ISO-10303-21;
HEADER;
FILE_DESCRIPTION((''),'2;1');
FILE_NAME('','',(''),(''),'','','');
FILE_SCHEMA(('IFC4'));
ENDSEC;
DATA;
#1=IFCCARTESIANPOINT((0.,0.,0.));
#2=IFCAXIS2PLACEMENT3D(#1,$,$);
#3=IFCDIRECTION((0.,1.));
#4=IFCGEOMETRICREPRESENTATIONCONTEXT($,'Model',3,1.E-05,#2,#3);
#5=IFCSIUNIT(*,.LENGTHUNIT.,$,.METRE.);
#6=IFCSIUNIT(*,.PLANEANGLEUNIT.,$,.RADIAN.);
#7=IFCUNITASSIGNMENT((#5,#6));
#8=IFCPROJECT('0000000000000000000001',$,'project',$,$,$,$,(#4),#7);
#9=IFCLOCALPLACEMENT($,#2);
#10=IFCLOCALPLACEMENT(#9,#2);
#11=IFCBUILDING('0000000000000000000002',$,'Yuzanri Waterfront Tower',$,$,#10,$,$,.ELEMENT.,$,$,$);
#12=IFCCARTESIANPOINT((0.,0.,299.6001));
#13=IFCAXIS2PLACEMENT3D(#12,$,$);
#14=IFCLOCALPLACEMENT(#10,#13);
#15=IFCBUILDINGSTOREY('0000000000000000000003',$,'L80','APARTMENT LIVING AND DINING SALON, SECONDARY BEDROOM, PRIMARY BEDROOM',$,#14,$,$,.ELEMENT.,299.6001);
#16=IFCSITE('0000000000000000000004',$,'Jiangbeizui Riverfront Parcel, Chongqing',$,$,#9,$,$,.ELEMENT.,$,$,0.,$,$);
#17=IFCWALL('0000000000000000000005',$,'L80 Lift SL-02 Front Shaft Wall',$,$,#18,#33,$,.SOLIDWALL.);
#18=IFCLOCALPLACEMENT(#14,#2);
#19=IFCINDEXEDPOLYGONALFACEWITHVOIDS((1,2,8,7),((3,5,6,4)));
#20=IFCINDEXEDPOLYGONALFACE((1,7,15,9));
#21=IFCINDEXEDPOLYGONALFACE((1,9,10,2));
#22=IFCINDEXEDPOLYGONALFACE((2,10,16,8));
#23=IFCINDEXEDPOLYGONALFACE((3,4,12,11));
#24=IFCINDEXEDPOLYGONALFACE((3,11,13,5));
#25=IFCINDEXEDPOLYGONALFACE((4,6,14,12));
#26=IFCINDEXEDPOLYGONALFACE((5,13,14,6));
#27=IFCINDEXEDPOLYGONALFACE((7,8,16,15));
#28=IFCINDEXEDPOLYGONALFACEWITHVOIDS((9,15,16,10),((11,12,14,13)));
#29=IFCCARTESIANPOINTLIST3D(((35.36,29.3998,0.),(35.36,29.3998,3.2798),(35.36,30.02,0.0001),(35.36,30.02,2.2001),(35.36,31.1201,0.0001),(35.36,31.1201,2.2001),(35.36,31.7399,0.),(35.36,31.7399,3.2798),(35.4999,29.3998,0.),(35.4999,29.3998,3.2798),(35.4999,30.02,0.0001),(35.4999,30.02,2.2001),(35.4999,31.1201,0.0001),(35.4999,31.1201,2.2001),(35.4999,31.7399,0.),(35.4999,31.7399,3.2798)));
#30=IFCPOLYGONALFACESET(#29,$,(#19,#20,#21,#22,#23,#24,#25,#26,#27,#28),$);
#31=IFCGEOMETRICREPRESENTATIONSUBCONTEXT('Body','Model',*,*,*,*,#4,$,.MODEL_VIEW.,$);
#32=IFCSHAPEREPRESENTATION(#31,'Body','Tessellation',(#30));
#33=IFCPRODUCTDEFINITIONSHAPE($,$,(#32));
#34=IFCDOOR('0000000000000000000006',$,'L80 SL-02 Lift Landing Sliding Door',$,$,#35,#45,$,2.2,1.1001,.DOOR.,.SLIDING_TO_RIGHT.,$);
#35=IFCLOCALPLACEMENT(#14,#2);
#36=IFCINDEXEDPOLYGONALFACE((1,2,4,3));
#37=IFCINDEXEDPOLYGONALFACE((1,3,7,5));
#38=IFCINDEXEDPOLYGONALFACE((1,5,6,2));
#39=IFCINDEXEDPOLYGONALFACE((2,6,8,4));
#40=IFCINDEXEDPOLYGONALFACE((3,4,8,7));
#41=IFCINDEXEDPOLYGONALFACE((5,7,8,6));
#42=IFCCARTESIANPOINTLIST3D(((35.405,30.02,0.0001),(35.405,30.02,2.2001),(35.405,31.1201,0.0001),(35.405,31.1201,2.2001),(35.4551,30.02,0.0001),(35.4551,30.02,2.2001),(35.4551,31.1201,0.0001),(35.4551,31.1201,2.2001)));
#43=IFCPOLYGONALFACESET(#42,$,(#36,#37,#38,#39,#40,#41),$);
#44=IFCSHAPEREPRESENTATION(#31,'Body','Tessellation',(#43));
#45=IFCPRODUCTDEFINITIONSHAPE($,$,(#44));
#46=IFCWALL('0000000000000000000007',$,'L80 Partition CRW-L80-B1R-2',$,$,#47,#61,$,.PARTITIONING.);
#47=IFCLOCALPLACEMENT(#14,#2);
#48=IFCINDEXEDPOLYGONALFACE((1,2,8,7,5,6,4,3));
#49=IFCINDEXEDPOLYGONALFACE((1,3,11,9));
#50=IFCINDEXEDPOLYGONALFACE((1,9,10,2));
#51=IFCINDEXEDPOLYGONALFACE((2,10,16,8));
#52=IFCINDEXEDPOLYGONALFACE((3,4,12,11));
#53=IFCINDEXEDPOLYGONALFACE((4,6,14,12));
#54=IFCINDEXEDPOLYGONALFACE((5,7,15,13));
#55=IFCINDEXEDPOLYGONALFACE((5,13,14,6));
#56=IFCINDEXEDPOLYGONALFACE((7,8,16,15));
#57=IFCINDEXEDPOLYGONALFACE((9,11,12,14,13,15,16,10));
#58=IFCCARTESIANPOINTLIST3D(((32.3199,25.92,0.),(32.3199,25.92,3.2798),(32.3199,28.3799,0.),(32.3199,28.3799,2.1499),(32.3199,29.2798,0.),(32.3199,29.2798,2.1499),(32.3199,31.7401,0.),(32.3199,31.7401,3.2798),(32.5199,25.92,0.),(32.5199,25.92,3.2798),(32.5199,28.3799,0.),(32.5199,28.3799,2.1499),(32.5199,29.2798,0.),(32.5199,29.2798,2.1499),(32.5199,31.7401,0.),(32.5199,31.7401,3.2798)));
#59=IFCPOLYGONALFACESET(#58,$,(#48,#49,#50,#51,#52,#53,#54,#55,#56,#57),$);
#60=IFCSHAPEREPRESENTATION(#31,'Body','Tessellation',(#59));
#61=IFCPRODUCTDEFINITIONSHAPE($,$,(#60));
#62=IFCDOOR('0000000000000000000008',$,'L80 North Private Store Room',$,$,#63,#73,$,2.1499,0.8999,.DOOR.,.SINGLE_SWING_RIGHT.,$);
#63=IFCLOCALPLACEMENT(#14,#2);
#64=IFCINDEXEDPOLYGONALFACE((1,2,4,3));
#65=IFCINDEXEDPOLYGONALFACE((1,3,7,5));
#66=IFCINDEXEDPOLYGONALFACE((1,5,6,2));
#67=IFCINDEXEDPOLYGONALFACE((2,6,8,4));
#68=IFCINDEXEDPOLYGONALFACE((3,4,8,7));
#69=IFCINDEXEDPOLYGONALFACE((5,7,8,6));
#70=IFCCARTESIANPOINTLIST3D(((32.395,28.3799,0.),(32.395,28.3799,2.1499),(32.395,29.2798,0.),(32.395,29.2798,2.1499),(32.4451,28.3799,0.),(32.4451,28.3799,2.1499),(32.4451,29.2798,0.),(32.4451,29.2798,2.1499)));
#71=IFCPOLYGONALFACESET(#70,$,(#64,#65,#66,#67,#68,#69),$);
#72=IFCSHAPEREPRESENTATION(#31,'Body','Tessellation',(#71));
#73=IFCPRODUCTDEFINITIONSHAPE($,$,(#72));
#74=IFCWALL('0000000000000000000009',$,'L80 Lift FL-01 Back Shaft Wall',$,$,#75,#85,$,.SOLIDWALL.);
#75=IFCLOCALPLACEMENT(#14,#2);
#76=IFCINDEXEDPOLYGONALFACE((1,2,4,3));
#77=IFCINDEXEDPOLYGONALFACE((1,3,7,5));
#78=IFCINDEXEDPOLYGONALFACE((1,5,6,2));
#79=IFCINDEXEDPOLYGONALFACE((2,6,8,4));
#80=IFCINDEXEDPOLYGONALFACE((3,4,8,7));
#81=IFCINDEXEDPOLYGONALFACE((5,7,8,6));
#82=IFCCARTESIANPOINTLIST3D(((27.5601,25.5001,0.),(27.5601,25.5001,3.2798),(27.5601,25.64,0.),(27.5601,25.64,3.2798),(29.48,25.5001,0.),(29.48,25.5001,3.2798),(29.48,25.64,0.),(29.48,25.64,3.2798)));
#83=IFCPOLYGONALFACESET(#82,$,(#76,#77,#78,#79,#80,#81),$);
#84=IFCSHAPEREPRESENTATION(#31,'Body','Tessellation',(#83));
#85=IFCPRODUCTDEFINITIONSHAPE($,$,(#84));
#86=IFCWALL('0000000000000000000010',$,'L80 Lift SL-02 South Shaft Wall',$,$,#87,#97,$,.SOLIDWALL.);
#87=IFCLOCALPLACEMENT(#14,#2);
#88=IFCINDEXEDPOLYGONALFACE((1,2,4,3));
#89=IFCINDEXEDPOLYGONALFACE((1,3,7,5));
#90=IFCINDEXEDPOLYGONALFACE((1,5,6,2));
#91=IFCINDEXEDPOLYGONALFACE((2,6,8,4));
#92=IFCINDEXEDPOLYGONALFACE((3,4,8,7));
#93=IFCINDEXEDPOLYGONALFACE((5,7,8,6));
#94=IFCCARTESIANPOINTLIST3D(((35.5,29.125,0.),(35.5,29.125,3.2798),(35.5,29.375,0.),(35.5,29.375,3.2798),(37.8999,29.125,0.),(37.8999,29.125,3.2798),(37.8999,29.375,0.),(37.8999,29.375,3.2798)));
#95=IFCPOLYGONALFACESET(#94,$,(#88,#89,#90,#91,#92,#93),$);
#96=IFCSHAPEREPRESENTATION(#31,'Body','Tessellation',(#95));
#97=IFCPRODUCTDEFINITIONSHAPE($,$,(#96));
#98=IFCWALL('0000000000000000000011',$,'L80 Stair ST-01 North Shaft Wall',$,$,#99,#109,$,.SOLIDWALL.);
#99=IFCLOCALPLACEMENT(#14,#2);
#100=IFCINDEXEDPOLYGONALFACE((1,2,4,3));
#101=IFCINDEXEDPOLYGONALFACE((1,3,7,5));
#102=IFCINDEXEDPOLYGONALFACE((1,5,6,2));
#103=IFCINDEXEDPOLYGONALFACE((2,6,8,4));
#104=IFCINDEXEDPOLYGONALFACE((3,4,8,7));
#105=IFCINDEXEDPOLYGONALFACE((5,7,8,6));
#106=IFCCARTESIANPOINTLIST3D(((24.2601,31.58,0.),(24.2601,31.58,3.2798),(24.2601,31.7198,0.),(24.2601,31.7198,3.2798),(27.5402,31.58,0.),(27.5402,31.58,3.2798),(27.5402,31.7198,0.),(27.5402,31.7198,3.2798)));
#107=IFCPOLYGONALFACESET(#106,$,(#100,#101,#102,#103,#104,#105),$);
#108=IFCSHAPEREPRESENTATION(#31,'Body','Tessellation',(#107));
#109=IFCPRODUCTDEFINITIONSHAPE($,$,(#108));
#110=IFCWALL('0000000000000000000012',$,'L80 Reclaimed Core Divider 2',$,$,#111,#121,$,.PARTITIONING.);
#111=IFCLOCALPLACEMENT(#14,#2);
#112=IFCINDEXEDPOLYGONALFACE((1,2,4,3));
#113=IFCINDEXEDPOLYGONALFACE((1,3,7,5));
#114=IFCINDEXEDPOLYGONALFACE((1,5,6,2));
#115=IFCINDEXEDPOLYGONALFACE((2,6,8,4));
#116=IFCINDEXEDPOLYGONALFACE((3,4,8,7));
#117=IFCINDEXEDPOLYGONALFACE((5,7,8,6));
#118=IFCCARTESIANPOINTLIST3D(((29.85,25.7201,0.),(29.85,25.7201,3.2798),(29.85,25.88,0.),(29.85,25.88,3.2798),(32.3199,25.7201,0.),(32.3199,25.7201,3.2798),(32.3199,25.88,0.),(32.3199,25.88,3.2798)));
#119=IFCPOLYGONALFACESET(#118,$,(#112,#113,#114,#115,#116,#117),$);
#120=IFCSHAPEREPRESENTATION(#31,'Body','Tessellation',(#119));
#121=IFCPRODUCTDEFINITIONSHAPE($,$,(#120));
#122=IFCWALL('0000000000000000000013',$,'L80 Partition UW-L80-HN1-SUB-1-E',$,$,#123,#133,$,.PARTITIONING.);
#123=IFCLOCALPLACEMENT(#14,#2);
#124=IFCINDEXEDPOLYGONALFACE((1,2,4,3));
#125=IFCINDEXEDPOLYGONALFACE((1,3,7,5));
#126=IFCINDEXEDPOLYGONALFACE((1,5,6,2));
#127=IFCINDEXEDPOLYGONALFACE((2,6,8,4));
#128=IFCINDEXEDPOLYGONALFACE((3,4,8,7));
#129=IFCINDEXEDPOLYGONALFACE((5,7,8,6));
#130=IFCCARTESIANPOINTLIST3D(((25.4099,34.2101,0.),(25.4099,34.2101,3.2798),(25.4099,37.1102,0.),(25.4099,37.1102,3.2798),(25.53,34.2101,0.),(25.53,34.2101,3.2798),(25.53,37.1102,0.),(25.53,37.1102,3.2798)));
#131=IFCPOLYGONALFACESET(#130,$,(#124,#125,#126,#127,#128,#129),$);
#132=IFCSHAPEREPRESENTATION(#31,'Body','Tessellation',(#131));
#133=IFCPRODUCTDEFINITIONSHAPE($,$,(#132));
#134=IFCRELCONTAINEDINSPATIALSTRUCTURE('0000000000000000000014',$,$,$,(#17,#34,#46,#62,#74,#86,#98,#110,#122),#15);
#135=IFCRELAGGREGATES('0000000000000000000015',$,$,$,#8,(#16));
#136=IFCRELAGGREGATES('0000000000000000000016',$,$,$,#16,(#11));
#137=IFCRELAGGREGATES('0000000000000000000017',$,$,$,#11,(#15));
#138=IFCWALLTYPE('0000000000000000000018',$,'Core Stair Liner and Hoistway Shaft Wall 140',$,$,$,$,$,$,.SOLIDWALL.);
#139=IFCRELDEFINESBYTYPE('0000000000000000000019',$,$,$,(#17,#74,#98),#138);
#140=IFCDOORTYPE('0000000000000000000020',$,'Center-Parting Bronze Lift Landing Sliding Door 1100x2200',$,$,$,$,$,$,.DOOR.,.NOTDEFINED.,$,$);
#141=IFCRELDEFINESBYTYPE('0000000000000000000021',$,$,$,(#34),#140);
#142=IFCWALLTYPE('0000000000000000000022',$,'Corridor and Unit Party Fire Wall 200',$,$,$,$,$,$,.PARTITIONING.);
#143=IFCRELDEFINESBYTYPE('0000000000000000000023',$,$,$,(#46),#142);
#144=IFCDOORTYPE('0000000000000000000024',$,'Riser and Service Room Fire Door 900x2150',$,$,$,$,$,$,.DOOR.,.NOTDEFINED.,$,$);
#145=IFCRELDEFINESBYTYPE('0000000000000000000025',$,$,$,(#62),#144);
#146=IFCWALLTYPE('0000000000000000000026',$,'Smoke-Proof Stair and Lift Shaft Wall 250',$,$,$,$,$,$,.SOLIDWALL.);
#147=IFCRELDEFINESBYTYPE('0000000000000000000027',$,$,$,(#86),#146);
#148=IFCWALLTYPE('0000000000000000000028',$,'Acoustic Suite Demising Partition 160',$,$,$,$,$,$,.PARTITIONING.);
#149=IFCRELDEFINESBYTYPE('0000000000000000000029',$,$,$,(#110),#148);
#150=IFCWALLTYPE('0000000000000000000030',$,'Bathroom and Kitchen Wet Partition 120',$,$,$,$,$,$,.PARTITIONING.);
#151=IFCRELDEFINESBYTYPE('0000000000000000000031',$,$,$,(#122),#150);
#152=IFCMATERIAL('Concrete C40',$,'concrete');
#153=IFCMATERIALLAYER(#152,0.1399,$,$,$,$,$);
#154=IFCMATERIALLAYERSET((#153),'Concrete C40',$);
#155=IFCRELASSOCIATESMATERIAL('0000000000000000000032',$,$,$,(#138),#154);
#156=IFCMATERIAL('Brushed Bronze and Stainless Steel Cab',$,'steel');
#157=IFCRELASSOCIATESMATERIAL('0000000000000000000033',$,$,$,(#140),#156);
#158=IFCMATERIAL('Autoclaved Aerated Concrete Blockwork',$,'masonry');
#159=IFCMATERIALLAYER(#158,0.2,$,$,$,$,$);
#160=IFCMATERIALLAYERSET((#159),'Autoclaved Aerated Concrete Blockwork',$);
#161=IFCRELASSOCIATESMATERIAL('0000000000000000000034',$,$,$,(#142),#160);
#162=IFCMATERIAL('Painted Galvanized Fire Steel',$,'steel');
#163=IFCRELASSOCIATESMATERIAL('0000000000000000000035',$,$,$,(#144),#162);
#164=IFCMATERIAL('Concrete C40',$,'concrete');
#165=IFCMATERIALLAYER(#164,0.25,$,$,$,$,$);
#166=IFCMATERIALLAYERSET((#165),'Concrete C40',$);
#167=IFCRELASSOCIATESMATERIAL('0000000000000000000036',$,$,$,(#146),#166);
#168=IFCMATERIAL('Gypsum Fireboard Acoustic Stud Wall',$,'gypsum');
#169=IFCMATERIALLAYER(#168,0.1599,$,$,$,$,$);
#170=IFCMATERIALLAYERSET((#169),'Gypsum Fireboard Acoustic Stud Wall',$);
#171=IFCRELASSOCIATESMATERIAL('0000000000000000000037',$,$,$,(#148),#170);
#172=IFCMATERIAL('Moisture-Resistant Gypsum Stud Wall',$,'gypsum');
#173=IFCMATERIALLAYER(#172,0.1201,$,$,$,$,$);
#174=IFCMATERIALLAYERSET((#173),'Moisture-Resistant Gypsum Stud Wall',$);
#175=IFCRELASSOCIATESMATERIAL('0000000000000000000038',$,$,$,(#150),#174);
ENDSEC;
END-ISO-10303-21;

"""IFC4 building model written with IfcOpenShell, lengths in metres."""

from ifc_helpers import new_model, si_unit, direction, frame, frame_2d, origin, place, context, subcontext, project, spatial, rectangle, extrude, source, transform, mapped, material, layer, layer_set, type_object, element, fill, save


model = new_model("IFC4")

# Units and contexts
model_context = context("Model", 3, precision=1e-05, world=origin(), true_north=direction((0.0, 1.0)))
body_context = subcontext(model_context, "Body", "Model", "MODEL_VIEW")
ifc_project = project(units=[si_unit("LENGTHUNIT", "METRE"), si_unit("PLANEANGLEUNIT", "RADIAN")], contexts=[model_context])

# Site, building, storey
site_placement = place(None, origin())
site = spatial("IfcSite", under=ifc_project, at=site_placement, Name="Jiangbeizui Riverfront Parcel, Chongqing", CompositionType="ELEMENT", RefElevation=0.0)
building_placement = place(site_placement, origin())
building = spatial("IfcBuilding", under=site, at=building_placement, Name="Yuzanri Waterfront Tower", CompositionType="ELEMENT")
storey_placement = place(building_placement, frame((0.0, 0.0, 299.6001)))
storey = spatial("IfcBuildingStorey", under=building, at=storey_placement, Name="L80", Description="APARTMENT LIVING AND DINING SALON, SECONDARY BEDROOM, PRIMARY BEDROOM", CompositionType="ELEMENT", Elevation=299.6001)

# Walls, openings, doors
ifc_material_1 = material(Name="Concrete C40", Category="concrete")
ifc_layer_1 = layer(ifc_material_1, 0.1399)
ifc_layer_set_1 = layer_set([ifc_layer_1], Name="Concrete C40")
wall_type_1 = type_object("IfcWallType", Name="Core Stair Liner and Hoistway Shaft Wall 140", PredefinedType="SOLIDWALL", material=ifc_layer_set_1)
wall_1_placement = place(storey_placement, frame((35.4299, 29.3999, 0.0), z_axis=(0.0, 0.0, 1.0), x_axis=(0.0, 1.0, 0.0)))
wall_1 = element("IfcWall", 1, at=wall_1_placement, inside=storey, type_object=wall_type_1, Name="L80 Lift SL-02 Front Shaft Wall", PredefinedType="SOLIDWALL", context=body_context, shape_type="SweptSolid", body=[
    extrude(rectangle(XDim=2.3401, YDim=0.1399, at=frame_2d((1.1699, 0.0))), origin(), (0.0, 0.0, 1.0), 3.2798),
])
opening_1_placement = place(wall_1_placement, frame((0.6201, 0.0, 0.0)))
opening_1 = element("IfcOpeningElement", 2, at=opening_1_placement, cuts=wall_1, PredefinedType="OPENING", context=body_context, shape_type="SweptSolid", body=[
    extrude(rectangle(XDim=1.1001, YDim=2.2, at=frame_2d((0.55, 1.1001))), frame((0.0, 0.085, 0.0), z_axis=(0.0, -1.0, 0.0), x_axis=(1.0, 0.0, 0.0)), (0.0, 0.0, 1.0), 0.1697),
])
ifc_material_2 = material(Name="Brushed Bronze and Stainless Steel Cab", Category="steel")
door_type_1 = type_object("IfcDoorType", Name="Center-Parting Bronze Lift Landing Sliding Door 1100x2200", OperationType="NOTDEFINED", PredefinedType="DOOR", material=ifc_material_2)
shared_shape_1 = source(origin(), body_context, "Body", "SweptSolid", [
    extrude(rectangle(XDim=1.1001, YDim=2.2, at=frame_2d((0.55, 1.1001))), frame((0.0, 0.0249, 0.0), z_axis=(0.0, -1.0, 0.0), x_axis=(1.0, 0.0, 0.0)), (0.0, 0.0, 1.0), 0.05),
])
door_1_placement = place(opening_1_placement, origin())
door_1 = element("IfcDoor", 3, at=door_1_placement, inside=storey, type_object=door_type_1, Name="L80 SL-02 Lift Landing Sliding Door", OperationType="SLIDING_TO_RIGHT", OverallHeight=2.2, OverallWidth=1.1001, PredefinedType="DOOR", context=body_context, shape_type="MappedRepresentation", body=[
    mapped(shared_shape_1, transform((0.0, 0.0, 0.0), scale=1.0)),
])
fill(opening_1, door_1)
ifc_material_3 = material(Name="Autoclaved Aerated Concrete Blockwork", Category="masonry")
ifc_layer_2 = layer(ifc_material_3, 0.2)
ifc_layer_set_2 = layer_set([ifc_layer_2], Name="Autoclaved Aerated Concrete Blockwork")
wall_type_2 = type_object("IfcWallType", Name="Corridor and Unit Party Fire Wall 200", PredefinedType="PARTITIONING", material=ifc_layer_set_2)
ifc_material_4 = material(Name="Painted Galvanized Fire Steel", Category="steel")
door_type_2 = type_object("IfcDoorType", Name="Riser and Service Room Fire Door 900x2150", OperationType="NOTDEFINED", PredefinedType="DOOR", material=ifc_material_4)
shared_shape_2 = source(origin(), body_context, "Body", "SweptSolid", [
    extrude(rectangle(XDim=0.8999, YDim=2.1499, at=frame_2d((0.45, 1.075))), frame((0.0, 0.0249, 0.0), z_axis=(0.0, -1.0, 0.0), x_axis=(1.0, 0.0, 0.0)), (0.0, 0.0, 1.0), 0.05),
])
wall_2_placement = place(storey_placement, frame((32.4199, 25.9199, 0.0), z_axis=(0.0, 0.0, 1.0), x_axis=(0.0, 1.0, 0.0)))
wall_2 = element("IfcWall", 4, at=wall_2_placement, inside=storey, type_object=wall_type_2, Name="L80 Partition CRW-L80-B1R-2", PredefinedType="PARTITIONING", context=body_context, shape_type="SweptSolid", body=[
    extrude(rectangle(XDim=5.8201, YDim=0.2, at=frame_2d((2.9102, 0.0))), origin(), (0.0, 0.0, 1.0), 3.2798),
])
opening_2_placement = place(wall_2_placement, frame((2.46, 0.0, 0.0)))
opening_2 = element("IfcOpeningElement", 5, at=opening_2_placement, cuts=wall_2, PredefinedType="OPENING", context=body_context, shape_type="SweptSolid", body=[
    extrude(rectangle(XDim=0.8999, YDim=2.1499, at=frame_2d((0.45, 1.075))), frame((0.0, 0.1147, 0.0), z_axis=(0.0, -1.0, 0.0), x_axis=(1.0, 0.0, 0.0)), (0.0, 0.0, 1.0), 0.2297),
])
door_2_placement = place(opening_2_placement, origin())
door_2 = element("IfcDoor", 6, at=door_2_placement, inside=storey, type_object=door_type_2, Name="L80 North Private Store Room", OperationType="SINGLE_SWING_RIGHT", OverallHeight=2.1499, OverallWidth=0.8999, PredefinedType="DOOR", context=body_context, shape_type="MappedRepresentation", body=[
    mapped(shared_shape_2, transform((0.0, 0.0, 0.0), scale=1.0)),
])
fill(opening_2, door_2)

# Walls
shared_shape_3 = source(origin(), body_context, "Body", "SweptSolid", [
    extrude(rectangle(XDim=1.9199, YDim=0.1399, at=frame_2d((0.96, 0.0))), origin(), (0.0, 0.0, 1.0), 3.2798),
])
wall_3_placement = place(storey_placement, frame((27.5601, 25.5701, 0.0), z_axis=(0.0, 0.0, 1.0), x_axis=(1.0, 0.0, 0.0)))
element("IfcWall", 7, at=wall_3_placement, inside=storey, type_object=wall_type_1, Name="L80 Lift FL-01 Back Shaft Wall", PredefinedType="SOLIDWALL", context=body_context, shape_type="MappedRepresentation", body=[
    mapped(shared_shape_3, transform((0.0, 0.0, 0.0), scale=1.0)),
])
ifc_material_5 = material(Name="Concrete C40", Category="concrete")
ifc_layer_3 = layer(ifc_material_5, 0.25)
ifc_layer_set_3 = layer_set([ifc_layer_3], Name="Concrete C40")
wall_type_3 = type_object("IfcWallType", Name="Smoke-Proof Stair and Lift Shaft Wall 250", PredefinedType="SOLIDWALL", material=ifc_layer_set_3)
shared_shape_4 = source(origin(), body_context, "Body", "SweptSolid", [
    extrude(rectangle(XDim=2.3999, YDim=0.25, at=frame_2d((1.2, 0.0))), origin(), (0.0, 0.0, 1.0), 3.2798),
])
wall_4_placement = place(storey_placement, frame((35.5, 29.25, 0.0), z_axis=(0.0, 0.0, 1.0), x_axis=(1.0, 0.0, 0.0)))
element("IfcWall", 8, at=wall_4_placement, inside=storey, type_object=wall_type_3, Name="L80 Lift SL-02 South Shaft Wall", PredefinedType="SOLIDWALL", context=body_context, shape_type="MappedRepresentation", body=[
    mapped(shared_shape_4, transform((0.0, 0.0, 0.0), scale=1.0)),
])
shared_shape_5 = source(origin(), body_context, "Body", "SweptSolid", [
    extrude(rectangle(XDim=3.28, YDim=0.1399, at=frame_2d((1.6401, 0.0))), origin(), (0.0, 0.0, 1.0), 3.2798),
])
wall_5_placement = place(storey_placement, frame((24.26, 31.6499, 0.0), z_axis=(0.0, 0.0, 1.0), x_axis=(1.0, 0.0, 0.0)))
element("IfcWall", 9, at=wall_5_placement, inside=storey, type_object=wall_type_1, Name="L80 Stair ST-01 North Shaft Wall", PredefinedType="SOLIDWALL", context=body_context, shape_type="MappedRepresentation", body=[
    mapped(shared_shape_5, transform((0.0, 0.0, 0.0), scale=1.0)),
])
ifc_material_6 = material(Name="Gypsum Fireboard Acoustic Stud Wall", Category="gypsum")
ifc_layer_4 = layer(ifc_material_6, 0.1599)
ifc_layer_set_4 = layer_set([ifc_layer_4], Name="Gypsum Fireboard Acoustic Stud Wall")
wall_type_4 = type_object("IfcWallType", Name="Acoustic Suite Demising Partition 160", PredefinedType="PARTITIONING", material=ifc_layer_set_4)
shared_shape_6 = source(origin(), body_context, "Body", "SweptSolid", [
    extrude(rectangle(XDim=2.47, YDim=0.1599, at=frame_2d((1.2349, 0.0))), origin(), (0.0, 0.0, 1.0), 3.2798),
])
wall_6_placement = place(storey_placement, frame((29.8501, 25.8, 0.0), z_axis=(0.0, 0.0, 1.0), x_axis=(1.0, 0.0, 0.0)))
element("IfcWall", 10, at=wall_6_placement, inside=storey, type_object=wall_type_4, Name="L80 Reclaimed Core Divider 2", PredefinedType="PARTITIONING", context=body_context, shape_type="MappedRepresentation", body=[
    mapped(shared_shape_6, transform((0.0, 0.0, 0.0), scale=1.0)),
])
ifc_material_7 = material(Name="Moisture-Resistant Gypsum Stud Wall", Category="gypsum")
ifc_layer_5 = layer(ifc_material_7, 0.1201)
ifc_layer_set_5 = layer_set([ifc_layer_5], Name="Moisture-Resistant Gypsum Stud Wall")
wall_type_5 = type_object("IfcWallType", Name="Bathroom and Kitchen Wet Partition 120", PredefinedType="PARTITIONING", material=ifc_layer_set_5)
shared_shape_7 = source(origin(), body_context, "Body", "SweptSolid", [
    extrude(rectangle(XDim=2.9001, YDim=0.1201, at=frame_2d((1.4502, 0.0))), origin(), (0.0, 0.0, 1.0), 3.2798),
])
wall_7_placement = place(storey_placement, frame((25.47, 34.21, 0.0), z_axis=(0.0, 0.0, 1.0), x_axis=(0.0, 1.0, 0.0)))
element("IfcWall", 11, at=wall_7_placement, inside=storey, type_object=wall_type_5, Name="L80 Partition UW-L80-HN1-SUB-1-E", PredefinedType="PARTITIONING", context=body_context, shape_type="MappedRepresentation", body=[
    mapped(shared_shape_7, transform((0.0, 0.0, 0.0), scale=1.0)),
])

save(model, "model.ifc")
